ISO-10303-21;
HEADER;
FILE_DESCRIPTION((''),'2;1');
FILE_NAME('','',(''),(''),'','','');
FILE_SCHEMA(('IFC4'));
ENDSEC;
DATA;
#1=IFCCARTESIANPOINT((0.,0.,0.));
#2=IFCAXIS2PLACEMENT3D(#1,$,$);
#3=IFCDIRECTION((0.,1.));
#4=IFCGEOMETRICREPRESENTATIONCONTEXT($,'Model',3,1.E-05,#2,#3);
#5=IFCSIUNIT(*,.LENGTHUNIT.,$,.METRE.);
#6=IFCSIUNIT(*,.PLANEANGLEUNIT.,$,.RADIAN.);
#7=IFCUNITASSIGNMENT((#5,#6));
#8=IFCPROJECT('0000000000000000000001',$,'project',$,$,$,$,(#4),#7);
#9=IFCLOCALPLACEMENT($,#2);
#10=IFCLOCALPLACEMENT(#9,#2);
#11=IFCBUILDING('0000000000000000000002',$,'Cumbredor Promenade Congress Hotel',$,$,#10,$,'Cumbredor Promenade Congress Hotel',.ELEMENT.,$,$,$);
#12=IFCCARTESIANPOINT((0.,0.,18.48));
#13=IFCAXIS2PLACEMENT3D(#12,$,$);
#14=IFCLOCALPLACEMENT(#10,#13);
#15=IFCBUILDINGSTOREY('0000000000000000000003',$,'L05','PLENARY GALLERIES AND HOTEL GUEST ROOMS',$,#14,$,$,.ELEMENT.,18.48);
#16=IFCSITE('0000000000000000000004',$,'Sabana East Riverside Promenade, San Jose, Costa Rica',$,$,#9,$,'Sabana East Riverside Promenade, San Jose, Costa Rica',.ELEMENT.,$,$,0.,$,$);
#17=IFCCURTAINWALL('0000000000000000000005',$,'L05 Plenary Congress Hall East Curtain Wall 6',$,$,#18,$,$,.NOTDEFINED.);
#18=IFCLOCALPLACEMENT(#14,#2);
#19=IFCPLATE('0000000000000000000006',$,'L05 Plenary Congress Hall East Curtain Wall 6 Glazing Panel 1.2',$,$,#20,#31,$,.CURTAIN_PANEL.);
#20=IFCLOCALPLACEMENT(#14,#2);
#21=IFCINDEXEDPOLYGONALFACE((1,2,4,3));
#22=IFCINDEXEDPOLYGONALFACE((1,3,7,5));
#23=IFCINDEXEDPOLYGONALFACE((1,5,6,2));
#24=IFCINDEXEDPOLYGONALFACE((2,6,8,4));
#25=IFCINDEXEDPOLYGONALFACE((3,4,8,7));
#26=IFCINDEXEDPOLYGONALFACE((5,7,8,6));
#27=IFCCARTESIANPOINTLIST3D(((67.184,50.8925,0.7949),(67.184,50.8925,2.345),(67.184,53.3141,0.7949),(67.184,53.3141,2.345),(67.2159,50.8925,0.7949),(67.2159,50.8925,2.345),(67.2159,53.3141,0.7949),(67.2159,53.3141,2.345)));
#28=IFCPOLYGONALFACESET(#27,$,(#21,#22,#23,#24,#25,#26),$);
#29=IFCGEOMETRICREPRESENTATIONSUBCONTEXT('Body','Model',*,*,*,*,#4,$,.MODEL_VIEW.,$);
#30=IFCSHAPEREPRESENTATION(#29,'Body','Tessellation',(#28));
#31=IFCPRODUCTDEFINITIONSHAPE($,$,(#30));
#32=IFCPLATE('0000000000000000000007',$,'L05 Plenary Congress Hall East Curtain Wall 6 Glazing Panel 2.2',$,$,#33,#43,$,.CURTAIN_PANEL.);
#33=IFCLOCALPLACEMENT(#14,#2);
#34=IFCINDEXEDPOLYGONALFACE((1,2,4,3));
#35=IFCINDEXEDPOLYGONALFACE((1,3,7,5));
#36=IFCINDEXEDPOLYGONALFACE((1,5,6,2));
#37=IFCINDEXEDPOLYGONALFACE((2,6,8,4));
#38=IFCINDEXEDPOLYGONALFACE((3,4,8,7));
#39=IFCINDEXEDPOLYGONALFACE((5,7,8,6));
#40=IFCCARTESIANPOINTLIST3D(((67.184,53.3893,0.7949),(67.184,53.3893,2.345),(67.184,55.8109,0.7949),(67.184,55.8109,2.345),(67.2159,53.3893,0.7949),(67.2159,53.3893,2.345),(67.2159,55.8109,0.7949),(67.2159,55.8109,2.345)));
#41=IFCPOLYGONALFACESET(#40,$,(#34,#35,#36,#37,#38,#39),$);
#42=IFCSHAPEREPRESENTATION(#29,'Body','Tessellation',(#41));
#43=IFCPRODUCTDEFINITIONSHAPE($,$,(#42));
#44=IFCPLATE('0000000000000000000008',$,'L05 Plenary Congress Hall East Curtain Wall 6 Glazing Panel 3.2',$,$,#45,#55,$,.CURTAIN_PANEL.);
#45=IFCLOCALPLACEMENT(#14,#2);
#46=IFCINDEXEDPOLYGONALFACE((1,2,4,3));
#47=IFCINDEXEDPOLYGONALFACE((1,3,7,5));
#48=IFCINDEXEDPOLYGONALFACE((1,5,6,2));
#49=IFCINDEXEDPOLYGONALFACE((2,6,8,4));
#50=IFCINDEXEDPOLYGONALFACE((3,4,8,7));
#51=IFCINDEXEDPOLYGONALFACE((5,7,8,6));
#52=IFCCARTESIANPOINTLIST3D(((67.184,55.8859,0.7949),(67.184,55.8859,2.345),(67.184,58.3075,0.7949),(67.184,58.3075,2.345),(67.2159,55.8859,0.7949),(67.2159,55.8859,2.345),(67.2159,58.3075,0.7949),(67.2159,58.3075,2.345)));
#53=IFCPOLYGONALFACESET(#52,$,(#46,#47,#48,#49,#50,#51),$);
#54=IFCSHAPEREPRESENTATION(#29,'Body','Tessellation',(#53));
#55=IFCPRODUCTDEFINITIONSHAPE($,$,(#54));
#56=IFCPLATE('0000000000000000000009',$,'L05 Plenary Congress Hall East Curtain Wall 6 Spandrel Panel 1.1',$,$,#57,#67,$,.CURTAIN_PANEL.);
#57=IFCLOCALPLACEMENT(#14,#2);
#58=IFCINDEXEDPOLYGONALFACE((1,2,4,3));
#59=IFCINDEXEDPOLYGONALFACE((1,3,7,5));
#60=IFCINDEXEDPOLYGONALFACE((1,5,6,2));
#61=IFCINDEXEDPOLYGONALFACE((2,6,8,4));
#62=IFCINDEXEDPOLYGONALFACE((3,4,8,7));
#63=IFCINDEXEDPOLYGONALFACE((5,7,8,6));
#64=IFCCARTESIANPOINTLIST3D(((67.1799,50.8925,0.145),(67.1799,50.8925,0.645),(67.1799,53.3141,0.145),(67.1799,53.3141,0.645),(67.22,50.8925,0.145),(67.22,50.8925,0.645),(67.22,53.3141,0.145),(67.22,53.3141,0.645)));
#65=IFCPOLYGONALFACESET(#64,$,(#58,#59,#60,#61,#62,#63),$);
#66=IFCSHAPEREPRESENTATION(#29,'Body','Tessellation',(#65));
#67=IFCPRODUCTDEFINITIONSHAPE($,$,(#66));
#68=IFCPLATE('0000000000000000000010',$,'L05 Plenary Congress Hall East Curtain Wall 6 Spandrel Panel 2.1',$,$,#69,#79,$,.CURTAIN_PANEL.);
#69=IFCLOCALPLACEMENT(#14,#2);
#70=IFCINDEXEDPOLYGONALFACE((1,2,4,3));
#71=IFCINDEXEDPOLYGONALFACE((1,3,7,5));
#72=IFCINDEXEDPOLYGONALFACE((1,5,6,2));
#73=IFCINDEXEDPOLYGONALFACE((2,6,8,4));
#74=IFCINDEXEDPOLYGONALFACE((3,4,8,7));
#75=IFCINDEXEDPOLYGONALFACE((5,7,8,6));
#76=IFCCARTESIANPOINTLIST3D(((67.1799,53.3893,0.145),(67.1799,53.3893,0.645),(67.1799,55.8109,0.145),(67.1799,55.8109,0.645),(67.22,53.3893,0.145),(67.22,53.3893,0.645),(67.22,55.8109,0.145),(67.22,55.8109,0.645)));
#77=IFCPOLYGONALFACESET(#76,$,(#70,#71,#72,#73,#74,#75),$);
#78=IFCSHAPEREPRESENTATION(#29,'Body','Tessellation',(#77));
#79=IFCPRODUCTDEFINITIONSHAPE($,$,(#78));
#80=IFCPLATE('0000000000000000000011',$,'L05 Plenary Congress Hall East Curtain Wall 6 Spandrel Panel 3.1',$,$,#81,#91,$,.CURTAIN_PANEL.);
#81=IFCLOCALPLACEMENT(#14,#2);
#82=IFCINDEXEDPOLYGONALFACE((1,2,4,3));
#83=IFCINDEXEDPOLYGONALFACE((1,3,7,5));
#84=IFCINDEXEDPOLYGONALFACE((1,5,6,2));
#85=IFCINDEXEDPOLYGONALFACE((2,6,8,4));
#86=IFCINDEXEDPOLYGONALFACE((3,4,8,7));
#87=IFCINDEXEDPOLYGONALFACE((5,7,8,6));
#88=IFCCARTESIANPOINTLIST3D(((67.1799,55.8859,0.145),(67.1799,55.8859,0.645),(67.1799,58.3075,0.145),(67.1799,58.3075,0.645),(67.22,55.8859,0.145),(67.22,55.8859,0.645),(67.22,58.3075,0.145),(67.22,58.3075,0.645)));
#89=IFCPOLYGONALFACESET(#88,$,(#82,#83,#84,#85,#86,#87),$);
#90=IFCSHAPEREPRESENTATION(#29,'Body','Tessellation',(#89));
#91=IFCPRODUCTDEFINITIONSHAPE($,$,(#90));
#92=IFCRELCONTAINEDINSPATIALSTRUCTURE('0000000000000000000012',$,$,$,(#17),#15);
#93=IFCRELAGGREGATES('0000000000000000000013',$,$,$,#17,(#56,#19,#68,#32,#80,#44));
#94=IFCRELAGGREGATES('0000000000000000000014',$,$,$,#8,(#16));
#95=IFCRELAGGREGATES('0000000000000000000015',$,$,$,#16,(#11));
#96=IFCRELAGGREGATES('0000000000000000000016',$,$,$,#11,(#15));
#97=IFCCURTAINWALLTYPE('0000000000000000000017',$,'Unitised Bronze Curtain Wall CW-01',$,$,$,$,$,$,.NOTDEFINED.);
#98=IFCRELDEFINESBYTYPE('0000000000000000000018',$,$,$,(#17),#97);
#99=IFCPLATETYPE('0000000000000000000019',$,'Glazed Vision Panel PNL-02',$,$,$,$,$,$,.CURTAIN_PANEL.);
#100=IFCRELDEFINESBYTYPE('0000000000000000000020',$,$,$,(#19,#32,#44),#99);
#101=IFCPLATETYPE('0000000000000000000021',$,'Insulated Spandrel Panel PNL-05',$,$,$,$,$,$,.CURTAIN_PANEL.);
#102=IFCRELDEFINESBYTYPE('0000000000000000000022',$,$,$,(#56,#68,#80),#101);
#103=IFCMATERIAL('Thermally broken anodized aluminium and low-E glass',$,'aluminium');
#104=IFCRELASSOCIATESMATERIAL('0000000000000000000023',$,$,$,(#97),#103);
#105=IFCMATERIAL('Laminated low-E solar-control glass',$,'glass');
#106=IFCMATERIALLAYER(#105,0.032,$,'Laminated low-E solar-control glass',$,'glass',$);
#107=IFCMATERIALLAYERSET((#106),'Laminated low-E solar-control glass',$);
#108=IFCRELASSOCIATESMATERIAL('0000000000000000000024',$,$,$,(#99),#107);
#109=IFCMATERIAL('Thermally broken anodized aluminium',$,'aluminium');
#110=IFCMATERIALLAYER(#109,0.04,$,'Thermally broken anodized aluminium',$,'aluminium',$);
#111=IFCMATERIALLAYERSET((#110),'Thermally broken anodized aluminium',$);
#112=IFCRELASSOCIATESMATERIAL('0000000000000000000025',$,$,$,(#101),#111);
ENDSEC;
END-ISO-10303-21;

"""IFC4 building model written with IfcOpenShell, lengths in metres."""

from ifc_helpers import new_model, si_unit, direction, frame, origin, origin_2d, place, context, subcontext, project, spatial, rectangle, extrude, material, layer, layer_set, type_object, element, aggregate, save


model = new_model("IFC4")

# Units and contexts
model_context = context("Model", 3, precision=1e-05, world=origin(), true_north=direction((0.0, 1.0)))
body_context = subcontext(model_context, "Body", "Model", "MODEL_VIEW")
ifc_project = project(units=[si_unit("LENGTHUNIT", "METRE"), si_unit("PLANEANGLEUNIT", "RADIAN")], contexts=[model_context])

# Site, building, storey
site_placement = place(None, origin())
site = spatial("IfcSite", under=ifc_project, at=site_placement, Name="Sabana East Riverside Promenade, San Jose, Costa Rica", LongName="Sabana East Riverside Promenade, San Jose, Costa Rica", CompositionType="ELEMENT", RefElevation=0.0)
building_placement = place(site_placement, origin())
building = spatial("IfcBuilding", under=site, at=building_placement, Name="Cumbredor Promenade Congress Hotel", LongName="Cumbredor Promenade Congress Hotel", CompositionType="ELEMENT")
storey_placement = place(building_placement, frame((0.0, 0.0, 18.48)))
storey = spatial("IfcBuildingStorey", under=building, at=storey_placement, Name="L05", Description="PLENARY GALLERIES AND HOTEL GUEST ROOMS", CompositionType="ELEMENT", Elevation=18.48)

# Curtain wall
ifc_material_1 = material(Name="Thermally broken anodized aluminium and low-E glass", Category="aluminium")
curtain_wall_type = type_object("IfcCurtainWallType", Name="Unitised Bronze Curtain Wall CW-01", PredefinedType="NOTDEFINED", material=ifc_material_1)
curtain_wall_placement = place(storey_placement, origin())
curtain_wall = element("IfcCurtainWall", 1, at=curtain_wall_placement, inside=storey, type_object=curtain_wall_type, Name="L05 Plenary Congress Hall East Curtain Wall 6", PredefinedType="NOTDEFINED")
ifc_material_2 = material(Name="Thermally broken anodized aluminium", Category="aluminium")

# Plates
ifc_material_3 = material(Name="Laminated low-E solar-control glass", Category="glass")
ifc_layer_1 = layer(ifc_material_3, 0.032, Name="Laminated low-E solar-control glass", Category="glass")
ifc_layer_set_1 = layer_set([ifc_layer_1], Name="Laminated low-E solar-control glass")
plate_type_1 = type_object("IfcPlateType", Name="Glazed Vision Panel PNL-02", PredefinedType="CURTAIN_PANEL", material=ifc_layer_set_1)
plate_1_placement = place(storey_placement, frame((67.2, 52.1033, 0.7949), z_axis=(0.0, 0.0, 1.0), x_axis=(0.0, 1.0, 0.0)))
plate_1 = element("IfcPlate", 2, at=plate_1_placement, type_object=plate_type_1, Name="L05 Plenary Congress Hall East Curtain Wall 6 Glazing Panel 1.2", PredefinedType="CURTAIN_PANEL", context=body_context, shape_type="SweptSolid", body=[
    extrude(rectangle(XDim=2.4216, YDim=0.032, at=origin_2d()), origin(), (0.0, 0.0, 1.0), 1.55),
])
plate_2_placement = place(storey_placement, frame((67.2, 54.6001, 0.7949), z_axis=(0.0, 0.0, 1.0), x_axis=(0.0, 1.0, 0.0)))
plate_2 = element("IfcPlate", 3, at=plate_2_placement, type_object=plate_type_1, Name="L05 Plenary Congress Hall East Curtain Wall 6 Glazing Panel 2.2", PredefinedType="CURTAIN_PANEL", context=body_context, shape_type="SweptSolid", body=[
    extrude(rectangle(XDim=2.4216, YDim=0.032, at=origin_2d()), origin(), (0.0, 0.0, 1.0), 1.55),
])
plate_3_placement = place(storey_placement, frame((67.2, 57.0967, 0.7949), z_axis=(0.0, 0.0, 1.0), x_axis=(0.0, 1.0, 0.0)))
plate_3 = element("IfcPlate", 4, at=plate_3_placement, type_object=plate_type_1, Name="L05 Plenary Congress Hall East Curtain Wall 6 Glazing Panel 3.2", PredefinedType="CURTAIN_PANEL", context=body_context, shape_type="SweptSolid", body=[
    extrude(rectangle(XDim=2.4216, YDim=0.032, at=origin_2d()), origin(), (0.0, 0.0, 1.0), 1.55),
])
ifc_layer_2 = layer(ifc_material_2, 0.04, Name="Thermally broken anodized aluminium", Category="aluminium")
ifc_layer_set_2 = layer_set([ifc_layer_2], Name="Thermally broken anodized aluminium")
plate_type_2 = type_object("IfcPlateType", Name="Insulated Spandrel Panel PNL-05", PredefinedType="CURTAIN_PANEL", material=ifc_layer_set_2)
plate_4_placement = place(storey_placement, frame((67.2, 52.1033, 0.145), z_axis=(0.0, 0.0, 1.0), x_axis=(0.0, 1.0, 0.0)))
plate_4 = element("IfcPlate", 5, at=plate_4_placement, type_object=plate_type_2, Name="L05 Plenary Congress Hall East Curtain Wall 6 Spandrel Panel 1.1", PredefinedType="CURTAIN_PANEL", context=body_context, shape_type="SweptSolid", body=[
    extrude(rectangle(XDim=2.4216, YDim=0.04, at=origin_2d()), origin(), (0.0, 0.0, 1.0), 0.5),
])
plate_5_placement = place(storey_placement, frame((67.2, 54.6001, 0.145), z_axis=(0.0, 0.0, 1.0), x_axis=(0.0, 1.0, 0.0)))
plate_5 = element("IfcPlate", 6, at=plate_5_placement, type_object=plate_type_2, Name="L05 Plenary Congress Hall East Curtain Wall 6 Spandrel Panel 2.1", PredefinedType="CURTAIN_PANEL", context=body_context, shape_type="SweptSolid", body=[
    extrude(rectangle(XDim=2.4216, YDim=0.04, at=origin_2d()), origin(), (0.0, 0.0, 1.0), 0.5),
])
plate_6_placement = place(storey_placement, frame((67.2, 57.0967, 0.145), z_axis=(0.0, 0.0, 1.0), x_axis=(0.0, 1.0, 0.0)))
plate_6 = element("IfcPlate", 7, at=plate_6_placement, type_object=plate_type_2, Name="L05 Plenary Congress Hall East Curtain Wall 6 Spandrel Panel 3.1", PredefinedType="CURTAIN_PANEL", context=body_context, shape_type="SweptSolid", body=[
    extrude(rectangle(XDim=2.4216, YDim=0.04, at=origin_2d()), origin(), (0.0, 0.0, 1.0), 0.5),
])
aggregate(curtain_wall, [plate_4, plate_1, plate_5, plate_2, plate_6, plate_3])

save(model, "model.ifc")
